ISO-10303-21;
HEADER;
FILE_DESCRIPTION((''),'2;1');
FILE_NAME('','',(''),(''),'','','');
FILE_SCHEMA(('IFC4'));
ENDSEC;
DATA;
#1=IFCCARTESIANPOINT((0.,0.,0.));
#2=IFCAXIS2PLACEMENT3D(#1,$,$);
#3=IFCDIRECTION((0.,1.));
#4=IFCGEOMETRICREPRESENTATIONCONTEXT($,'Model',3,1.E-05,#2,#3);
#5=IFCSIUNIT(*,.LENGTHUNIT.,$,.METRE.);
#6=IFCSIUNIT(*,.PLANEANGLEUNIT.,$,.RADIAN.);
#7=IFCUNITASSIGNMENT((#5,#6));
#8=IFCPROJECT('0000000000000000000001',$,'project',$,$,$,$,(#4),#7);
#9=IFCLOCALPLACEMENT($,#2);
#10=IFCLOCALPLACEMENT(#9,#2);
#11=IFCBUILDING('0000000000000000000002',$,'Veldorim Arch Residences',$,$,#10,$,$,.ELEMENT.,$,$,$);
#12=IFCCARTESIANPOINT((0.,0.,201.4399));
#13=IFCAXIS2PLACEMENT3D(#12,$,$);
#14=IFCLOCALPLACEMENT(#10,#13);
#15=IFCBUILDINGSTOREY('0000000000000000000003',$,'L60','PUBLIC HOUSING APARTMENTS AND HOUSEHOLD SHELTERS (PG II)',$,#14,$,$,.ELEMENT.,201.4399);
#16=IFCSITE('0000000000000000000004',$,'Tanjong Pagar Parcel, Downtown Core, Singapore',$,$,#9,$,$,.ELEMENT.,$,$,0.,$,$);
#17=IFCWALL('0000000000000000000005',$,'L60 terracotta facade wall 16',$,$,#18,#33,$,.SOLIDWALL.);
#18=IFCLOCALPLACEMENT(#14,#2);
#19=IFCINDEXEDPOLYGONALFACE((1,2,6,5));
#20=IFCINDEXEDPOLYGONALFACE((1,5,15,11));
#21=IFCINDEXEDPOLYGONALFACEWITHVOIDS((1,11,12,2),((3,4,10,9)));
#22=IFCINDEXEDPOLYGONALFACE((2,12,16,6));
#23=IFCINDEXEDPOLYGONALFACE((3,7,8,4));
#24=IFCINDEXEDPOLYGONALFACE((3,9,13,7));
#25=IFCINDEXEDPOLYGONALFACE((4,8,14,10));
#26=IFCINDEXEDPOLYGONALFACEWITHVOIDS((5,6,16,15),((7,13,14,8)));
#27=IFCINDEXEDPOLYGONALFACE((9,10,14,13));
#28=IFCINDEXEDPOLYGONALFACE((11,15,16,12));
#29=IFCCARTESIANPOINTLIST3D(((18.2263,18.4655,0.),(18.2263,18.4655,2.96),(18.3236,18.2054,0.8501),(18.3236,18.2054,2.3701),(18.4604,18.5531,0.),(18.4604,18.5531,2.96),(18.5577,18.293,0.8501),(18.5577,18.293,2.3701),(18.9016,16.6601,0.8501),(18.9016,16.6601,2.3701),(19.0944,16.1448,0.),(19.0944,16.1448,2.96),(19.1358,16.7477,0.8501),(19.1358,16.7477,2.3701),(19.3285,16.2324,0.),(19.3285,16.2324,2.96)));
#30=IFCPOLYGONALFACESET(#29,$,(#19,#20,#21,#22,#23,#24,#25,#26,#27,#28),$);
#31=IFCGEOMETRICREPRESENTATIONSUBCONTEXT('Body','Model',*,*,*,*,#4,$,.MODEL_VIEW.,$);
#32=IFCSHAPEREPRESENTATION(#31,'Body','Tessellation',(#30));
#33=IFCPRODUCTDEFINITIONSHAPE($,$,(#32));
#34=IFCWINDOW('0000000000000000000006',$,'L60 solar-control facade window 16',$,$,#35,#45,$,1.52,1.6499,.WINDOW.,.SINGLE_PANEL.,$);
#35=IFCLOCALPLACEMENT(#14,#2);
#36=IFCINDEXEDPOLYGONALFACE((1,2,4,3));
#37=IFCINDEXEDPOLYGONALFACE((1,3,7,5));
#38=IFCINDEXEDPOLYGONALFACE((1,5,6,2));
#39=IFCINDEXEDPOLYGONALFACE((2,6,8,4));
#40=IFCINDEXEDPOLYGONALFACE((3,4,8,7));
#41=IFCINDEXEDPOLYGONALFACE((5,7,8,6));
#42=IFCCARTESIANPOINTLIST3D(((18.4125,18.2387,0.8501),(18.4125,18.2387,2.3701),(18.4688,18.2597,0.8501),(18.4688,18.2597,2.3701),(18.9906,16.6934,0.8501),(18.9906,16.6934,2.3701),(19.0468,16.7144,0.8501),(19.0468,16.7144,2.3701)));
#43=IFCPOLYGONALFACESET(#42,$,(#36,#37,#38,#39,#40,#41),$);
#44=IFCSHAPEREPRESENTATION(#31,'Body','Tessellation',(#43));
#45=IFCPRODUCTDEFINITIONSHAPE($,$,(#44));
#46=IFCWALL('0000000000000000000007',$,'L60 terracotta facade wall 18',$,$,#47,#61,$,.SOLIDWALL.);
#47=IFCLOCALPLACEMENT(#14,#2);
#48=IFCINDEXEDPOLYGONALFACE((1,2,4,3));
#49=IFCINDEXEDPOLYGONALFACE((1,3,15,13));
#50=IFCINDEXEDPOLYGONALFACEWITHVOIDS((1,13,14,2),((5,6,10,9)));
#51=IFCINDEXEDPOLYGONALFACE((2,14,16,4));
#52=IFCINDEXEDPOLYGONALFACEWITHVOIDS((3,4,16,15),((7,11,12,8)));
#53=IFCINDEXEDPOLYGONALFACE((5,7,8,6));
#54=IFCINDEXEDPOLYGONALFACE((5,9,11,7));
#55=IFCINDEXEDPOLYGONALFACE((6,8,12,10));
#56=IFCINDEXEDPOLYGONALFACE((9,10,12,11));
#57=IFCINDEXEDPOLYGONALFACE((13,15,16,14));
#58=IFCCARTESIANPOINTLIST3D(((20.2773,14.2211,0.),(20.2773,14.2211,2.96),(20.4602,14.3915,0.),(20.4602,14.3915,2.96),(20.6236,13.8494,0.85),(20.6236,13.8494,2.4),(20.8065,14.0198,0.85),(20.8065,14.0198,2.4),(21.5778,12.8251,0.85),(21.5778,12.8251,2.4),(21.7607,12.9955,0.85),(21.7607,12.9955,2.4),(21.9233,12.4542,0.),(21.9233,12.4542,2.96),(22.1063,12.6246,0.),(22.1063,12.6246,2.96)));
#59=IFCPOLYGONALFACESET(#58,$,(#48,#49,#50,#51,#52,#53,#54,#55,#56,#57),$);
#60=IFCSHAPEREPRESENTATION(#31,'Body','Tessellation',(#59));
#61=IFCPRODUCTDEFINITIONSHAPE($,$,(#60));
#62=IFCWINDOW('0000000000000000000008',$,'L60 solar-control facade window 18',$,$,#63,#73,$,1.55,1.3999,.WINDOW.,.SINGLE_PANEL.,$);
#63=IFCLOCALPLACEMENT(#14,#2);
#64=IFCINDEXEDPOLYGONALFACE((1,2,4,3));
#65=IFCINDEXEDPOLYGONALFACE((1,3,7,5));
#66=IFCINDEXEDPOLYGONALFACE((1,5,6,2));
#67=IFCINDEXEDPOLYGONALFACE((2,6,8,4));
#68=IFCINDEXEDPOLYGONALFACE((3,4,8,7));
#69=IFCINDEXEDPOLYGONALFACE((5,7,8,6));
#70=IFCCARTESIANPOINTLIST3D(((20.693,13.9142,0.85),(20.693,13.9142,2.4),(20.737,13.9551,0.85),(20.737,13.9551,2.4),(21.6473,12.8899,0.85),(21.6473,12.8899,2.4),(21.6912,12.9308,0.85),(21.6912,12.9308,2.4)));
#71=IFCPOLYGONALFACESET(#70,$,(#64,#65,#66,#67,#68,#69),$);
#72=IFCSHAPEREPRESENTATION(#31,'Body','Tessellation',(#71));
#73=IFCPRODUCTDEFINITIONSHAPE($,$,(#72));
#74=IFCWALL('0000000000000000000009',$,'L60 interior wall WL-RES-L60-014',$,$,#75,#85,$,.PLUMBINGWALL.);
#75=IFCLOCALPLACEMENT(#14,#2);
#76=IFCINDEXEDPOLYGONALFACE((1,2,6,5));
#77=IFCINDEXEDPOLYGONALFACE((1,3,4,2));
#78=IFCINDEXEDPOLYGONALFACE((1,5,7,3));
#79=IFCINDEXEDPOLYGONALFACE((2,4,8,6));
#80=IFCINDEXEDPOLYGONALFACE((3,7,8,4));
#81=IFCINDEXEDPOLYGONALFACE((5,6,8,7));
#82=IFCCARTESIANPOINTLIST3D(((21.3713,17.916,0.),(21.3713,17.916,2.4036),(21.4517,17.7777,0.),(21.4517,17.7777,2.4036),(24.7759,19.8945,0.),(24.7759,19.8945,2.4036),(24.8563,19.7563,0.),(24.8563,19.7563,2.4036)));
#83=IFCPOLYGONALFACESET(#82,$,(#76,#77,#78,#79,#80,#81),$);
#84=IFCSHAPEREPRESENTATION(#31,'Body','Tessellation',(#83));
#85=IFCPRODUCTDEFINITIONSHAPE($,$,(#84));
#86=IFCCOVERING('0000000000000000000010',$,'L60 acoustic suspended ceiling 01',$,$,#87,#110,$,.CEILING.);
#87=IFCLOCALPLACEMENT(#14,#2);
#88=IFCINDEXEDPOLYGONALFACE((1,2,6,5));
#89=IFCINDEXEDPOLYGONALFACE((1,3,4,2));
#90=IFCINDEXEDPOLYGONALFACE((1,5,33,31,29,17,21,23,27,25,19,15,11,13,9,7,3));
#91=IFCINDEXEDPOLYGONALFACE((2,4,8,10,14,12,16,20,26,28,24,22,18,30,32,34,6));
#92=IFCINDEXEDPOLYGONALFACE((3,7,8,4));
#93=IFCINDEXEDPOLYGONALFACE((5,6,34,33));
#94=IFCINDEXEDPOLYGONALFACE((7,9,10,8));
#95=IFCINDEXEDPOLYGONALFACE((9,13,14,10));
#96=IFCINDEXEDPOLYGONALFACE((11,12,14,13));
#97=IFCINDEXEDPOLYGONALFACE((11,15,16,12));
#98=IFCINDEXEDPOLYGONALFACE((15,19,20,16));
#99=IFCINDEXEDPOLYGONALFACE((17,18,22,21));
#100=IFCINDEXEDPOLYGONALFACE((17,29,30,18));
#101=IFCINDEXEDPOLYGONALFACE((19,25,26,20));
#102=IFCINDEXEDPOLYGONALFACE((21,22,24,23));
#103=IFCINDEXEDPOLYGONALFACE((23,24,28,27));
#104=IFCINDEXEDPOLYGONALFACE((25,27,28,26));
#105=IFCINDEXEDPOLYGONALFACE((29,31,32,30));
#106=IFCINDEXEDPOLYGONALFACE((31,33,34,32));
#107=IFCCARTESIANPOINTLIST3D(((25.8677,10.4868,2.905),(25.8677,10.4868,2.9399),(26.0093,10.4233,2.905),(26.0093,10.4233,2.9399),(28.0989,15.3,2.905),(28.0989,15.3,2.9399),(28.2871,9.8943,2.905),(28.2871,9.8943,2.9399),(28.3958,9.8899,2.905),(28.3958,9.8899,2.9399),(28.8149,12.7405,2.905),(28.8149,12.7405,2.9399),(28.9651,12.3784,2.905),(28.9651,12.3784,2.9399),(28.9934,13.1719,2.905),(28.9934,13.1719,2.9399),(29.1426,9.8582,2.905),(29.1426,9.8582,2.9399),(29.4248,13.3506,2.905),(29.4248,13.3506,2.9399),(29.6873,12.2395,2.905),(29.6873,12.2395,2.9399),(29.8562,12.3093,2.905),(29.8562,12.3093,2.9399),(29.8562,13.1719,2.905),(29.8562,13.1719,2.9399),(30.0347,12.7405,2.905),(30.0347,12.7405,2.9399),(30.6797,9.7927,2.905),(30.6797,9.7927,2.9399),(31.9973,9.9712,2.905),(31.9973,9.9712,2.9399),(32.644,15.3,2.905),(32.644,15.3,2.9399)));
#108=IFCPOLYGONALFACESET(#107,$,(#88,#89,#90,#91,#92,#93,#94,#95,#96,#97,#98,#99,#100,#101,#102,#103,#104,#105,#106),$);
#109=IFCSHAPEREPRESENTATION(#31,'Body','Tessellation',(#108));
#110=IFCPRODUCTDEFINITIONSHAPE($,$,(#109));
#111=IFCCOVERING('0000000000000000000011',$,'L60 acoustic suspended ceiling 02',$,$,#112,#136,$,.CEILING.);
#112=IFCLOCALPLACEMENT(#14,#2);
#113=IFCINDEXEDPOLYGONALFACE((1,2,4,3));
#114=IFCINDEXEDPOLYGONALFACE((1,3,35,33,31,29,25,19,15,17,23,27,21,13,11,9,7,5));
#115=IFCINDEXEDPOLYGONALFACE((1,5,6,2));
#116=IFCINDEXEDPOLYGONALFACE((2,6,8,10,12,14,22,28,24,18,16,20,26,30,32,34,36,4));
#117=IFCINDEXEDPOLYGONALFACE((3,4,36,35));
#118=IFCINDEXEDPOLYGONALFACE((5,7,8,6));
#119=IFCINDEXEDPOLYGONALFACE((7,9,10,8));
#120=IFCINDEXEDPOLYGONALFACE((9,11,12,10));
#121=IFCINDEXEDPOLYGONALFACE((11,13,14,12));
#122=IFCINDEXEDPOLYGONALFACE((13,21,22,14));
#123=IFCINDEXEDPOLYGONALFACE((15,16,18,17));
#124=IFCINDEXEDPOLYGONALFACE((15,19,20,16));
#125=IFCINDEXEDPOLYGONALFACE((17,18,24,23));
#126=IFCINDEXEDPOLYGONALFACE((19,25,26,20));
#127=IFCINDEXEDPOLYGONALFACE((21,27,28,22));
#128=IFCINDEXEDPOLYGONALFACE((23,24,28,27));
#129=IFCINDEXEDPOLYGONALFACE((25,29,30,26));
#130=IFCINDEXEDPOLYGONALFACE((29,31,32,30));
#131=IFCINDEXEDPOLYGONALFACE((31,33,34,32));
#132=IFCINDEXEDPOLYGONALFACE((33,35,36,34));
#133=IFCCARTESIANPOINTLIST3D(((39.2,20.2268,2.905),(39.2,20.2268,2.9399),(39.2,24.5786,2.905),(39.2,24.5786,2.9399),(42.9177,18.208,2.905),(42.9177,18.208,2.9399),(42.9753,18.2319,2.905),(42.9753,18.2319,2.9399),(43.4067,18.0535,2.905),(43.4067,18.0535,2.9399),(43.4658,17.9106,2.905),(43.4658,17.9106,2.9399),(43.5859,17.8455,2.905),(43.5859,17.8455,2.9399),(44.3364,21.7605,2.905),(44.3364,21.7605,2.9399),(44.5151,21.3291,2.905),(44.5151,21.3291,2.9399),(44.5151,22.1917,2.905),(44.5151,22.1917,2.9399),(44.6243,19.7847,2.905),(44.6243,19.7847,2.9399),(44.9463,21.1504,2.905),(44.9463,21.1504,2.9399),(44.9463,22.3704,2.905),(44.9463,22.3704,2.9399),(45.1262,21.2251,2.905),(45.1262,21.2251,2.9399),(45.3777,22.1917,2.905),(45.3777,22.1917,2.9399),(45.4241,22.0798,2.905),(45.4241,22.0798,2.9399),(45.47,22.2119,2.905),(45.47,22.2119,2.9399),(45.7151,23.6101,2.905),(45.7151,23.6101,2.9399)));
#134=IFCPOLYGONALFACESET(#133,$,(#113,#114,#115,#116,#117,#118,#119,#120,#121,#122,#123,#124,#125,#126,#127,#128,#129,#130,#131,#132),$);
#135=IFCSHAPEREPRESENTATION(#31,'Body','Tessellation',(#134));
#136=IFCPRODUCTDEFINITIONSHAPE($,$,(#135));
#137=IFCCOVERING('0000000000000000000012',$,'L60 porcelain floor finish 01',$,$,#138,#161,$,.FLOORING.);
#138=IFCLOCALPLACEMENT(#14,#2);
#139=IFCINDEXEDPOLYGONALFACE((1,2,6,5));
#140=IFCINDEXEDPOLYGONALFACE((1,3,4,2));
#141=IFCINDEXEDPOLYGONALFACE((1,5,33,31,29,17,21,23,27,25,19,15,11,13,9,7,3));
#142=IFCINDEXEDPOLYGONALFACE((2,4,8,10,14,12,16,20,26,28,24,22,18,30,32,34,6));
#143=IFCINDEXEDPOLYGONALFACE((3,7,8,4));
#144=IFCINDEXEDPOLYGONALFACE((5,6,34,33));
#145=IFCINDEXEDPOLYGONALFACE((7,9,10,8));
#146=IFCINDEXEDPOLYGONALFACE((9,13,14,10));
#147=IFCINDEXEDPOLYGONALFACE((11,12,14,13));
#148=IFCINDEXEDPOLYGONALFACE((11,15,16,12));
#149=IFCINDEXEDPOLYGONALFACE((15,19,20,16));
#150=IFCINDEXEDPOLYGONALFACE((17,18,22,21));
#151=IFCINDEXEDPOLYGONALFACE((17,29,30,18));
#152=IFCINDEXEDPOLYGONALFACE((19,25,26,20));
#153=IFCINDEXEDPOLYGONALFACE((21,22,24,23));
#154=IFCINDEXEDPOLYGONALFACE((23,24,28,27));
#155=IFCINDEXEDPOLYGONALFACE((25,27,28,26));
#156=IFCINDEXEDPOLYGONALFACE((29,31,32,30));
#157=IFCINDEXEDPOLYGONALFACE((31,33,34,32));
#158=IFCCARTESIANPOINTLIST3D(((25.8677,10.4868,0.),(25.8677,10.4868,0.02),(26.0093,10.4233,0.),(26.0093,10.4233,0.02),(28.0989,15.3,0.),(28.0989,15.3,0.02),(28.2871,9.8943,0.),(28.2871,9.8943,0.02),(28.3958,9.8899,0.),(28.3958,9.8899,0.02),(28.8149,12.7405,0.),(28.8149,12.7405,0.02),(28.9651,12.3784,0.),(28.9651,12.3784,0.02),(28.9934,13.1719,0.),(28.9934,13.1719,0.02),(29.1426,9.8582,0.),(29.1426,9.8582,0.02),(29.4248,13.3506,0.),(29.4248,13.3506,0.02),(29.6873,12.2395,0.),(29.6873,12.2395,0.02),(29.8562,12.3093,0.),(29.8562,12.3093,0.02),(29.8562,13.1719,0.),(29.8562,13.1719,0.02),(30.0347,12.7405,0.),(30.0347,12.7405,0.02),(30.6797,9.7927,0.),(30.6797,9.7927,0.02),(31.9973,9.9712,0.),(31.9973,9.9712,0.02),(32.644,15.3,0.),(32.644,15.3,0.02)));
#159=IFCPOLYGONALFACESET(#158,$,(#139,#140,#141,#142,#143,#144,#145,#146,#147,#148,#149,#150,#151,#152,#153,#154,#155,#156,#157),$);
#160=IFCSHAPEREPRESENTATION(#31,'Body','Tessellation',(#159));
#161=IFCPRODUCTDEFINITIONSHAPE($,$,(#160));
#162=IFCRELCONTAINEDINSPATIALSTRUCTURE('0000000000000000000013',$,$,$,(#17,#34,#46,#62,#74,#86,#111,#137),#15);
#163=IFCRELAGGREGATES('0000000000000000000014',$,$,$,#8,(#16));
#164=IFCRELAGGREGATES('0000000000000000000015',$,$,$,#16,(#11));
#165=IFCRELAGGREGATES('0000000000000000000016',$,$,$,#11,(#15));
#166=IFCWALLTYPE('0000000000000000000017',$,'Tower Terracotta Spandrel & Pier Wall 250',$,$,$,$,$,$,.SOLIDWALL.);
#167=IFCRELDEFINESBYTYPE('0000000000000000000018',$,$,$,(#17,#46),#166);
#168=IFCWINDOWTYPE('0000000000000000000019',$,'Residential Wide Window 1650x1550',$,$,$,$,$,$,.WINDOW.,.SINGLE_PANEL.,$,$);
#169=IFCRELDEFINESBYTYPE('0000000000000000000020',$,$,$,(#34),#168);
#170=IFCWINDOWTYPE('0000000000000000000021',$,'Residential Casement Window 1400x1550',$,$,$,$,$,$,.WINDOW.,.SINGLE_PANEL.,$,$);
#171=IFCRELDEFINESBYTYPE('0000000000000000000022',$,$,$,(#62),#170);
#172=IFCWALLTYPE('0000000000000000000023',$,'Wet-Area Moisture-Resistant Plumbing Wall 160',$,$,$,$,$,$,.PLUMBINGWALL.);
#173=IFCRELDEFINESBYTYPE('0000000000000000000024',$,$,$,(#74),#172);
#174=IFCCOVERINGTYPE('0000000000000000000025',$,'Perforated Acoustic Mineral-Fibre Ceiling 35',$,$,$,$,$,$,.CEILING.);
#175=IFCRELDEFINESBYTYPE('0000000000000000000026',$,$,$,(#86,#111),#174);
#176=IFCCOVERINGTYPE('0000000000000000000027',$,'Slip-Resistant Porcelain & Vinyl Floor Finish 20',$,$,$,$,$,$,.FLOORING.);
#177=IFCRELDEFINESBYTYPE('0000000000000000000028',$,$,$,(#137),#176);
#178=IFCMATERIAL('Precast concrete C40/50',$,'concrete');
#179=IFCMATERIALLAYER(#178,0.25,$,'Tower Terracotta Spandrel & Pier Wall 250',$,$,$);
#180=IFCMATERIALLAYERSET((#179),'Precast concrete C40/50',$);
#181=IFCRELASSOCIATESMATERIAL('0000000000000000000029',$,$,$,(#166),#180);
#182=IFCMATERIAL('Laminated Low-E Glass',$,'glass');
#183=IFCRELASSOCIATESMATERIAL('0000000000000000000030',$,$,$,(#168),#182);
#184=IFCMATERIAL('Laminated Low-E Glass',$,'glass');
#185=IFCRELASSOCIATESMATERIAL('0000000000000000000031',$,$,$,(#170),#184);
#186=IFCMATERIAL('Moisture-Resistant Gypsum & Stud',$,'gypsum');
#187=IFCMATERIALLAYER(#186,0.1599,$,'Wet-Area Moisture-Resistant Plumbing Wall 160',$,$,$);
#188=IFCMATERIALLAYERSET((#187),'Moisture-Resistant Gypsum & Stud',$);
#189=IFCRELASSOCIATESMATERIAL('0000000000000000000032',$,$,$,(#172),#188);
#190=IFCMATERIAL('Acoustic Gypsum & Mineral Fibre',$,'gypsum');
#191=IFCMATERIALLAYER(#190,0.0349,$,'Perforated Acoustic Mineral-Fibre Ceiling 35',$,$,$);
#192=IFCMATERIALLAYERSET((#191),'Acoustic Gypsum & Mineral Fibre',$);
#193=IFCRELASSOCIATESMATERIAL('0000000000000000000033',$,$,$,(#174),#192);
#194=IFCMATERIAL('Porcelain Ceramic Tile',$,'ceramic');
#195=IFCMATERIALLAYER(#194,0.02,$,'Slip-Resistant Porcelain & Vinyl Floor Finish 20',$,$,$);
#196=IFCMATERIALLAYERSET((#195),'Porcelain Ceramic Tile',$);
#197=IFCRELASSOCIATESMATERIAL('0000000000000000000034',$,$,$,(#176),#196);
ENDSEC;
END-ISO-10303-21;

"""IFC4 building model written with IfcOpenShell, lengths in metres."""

from ifc_helpers import new_model, si_unit, direction, frame, frame_2d, origin, place, context, subcontext, project, spatial, polyline, rectangle, outline, extrude, material, layer, layer_set, type_object, element, fill, save


model = new_model("IFC4")

# Units and contexts
model_context = context("Model", 3, precision=1e-05, world=origin(), true_north=direction((0.0, 1.0)))
body_context = subcontext(model_context, "Body", "Model", "MODEL_VIEW")
ifc_project = project(units=[si_unit("LENGTHUNIT", "METRE"), si_unit("PLANEANGLEUNIT", "RADIAN")], contexts=[model_context])

# Site, building, storey
site_placement = place(None, origin())
site = spatial("IfcSite", under=ifc_project, at=site_placement, Name="Tanjong Pagar Parcel, Downtown Core, Singapore", CompositionType="ELEMENT", RefElevation=0.0)
building_placement = place(site_placement, origin())
building = spatial("IfcBuilding", under=site, at=building_placement, Name="Veldorim Arch Residences", CompositionType="ELEMENT")
storey_placement = place(building_placement, frame((0.0, 0.0, 201.4399)))
storey = spatial("IfcBuildingStorey", under=building, at=storey_placement, Name="L60", Description="PUBLIC HOUSING APARTMENTS AND HOUSEHOLD SHELTERS (PG II)", CompositionType="ELEMENT", Elevation=201.4399)

# Shared definitions
ifc_material_1 = material(Name="Precast concrete C40/50", Category="concrete")
ifc_layer_1 = layer(ifc_material_1, 0.25, Name="Tower Terracotta Spandrel & Pier Wall 250")
ifc_layer_set_1 = layer_set([ifc_layer_1], Name="Precast concrete C40/50")
wall_type_1 = type_object("IfcWallType", Name="Tower Terracotta Spandrel & Pier Wall 250", PredefinedType="SOLIDWALL", material=ifc_layer_set_1)

# Walls, openings, windows
wall_1_placement = place(storey_placement, frame((19.2114, 16.1887, 0.0), z_axis=(0.0, 0.0, 1.0), x_axis=(-0.350367, 0.936612, 0.0)))
wall_1 = element("IfcWall", 1, at=wall_1_placement, inside=storey, type_object=wall_type_1, Name="L60 terracotta facade wall 16", PredefinedType="SOLIDWALL", context=body_context, shape_type="SweptSolid", body=[
    extrude(rectangle(XDim=2.4778, YDim=0.25, at=frame_2d((1.2388, 0.0))), origin(), (0.0, 0.0, 1.0), 2.96),
])
opening_1_placement = place(wall_1_placement, frame((0.55, 0.0, 0.8501)))
opening_1 = element("IfcOpeningElement", 2, at=opening_1_placement, cuts=wall_1, PredefinedType="OPENING", context=body_context, shape_type="SweptSolid", body=[
    extrude(rectangle(XDim=1.6499, YDim=1.52, at=frame_2d((0.825, 0.76))), frame((0.0, 0.135, 0.0), z_axis=(0.0, -1.0, 0.0), x_axis=(1.0, 0.0, 0.0)), (0.0, 0.0, 1.0), 0.27),
])
ifc_material_2 = material(Name="Laminated Low-E Glass", Category="glass")
window_type_1 = type_object("IfcWindowType", Name="Residential Wide Window 1650x1550", PartitioningType="SINGLE_PANEL", PredefinedType="WINDOW", material=ifc_material_2)
window_1_placement = place(opening_1_placement, origin())
window_1 = element("IfcWindow", 3, at=window_1_placement, inside=storey, type_object=window_type_1, Name="L60 solar-control facade window 16", OverallHeight=1.52, OverallWidth=1.6499, PartitioningType="SINGLE_PANEL", PredefinedType="WINDOW", context=body_context, shape_type="SweptSolid", body=[
    extrude(rectangle(XDim=1.6499, YDim=1.52, at=frame_2d((0.825, 0.76))), frame((0.0, 0.03, 0.0), z_axis=(0.0, -1.0, 0.0), x_axis=(1.0, 0.0, 0.0)), (0.0, 0.0, 1.0), 0.0601),
])
fill(opening_1, window_1)
wall_2_placement = place(storey_placement, frame((22.0149, 12.5393, 0.0), z_axis=(0.0, 0.0, 1.0), x_axis=(-0.681641, 0.731687, 0.0)))
wall_2 = element("IfcWall", 4, at=wall_2_placement, inside=storey, type_object=wall_type_1, Name="L60 terracotta facade wall 18", PredefinedType="SOLIDWALL", context=body_context, shape_type="SweptSolid", body=[
    extrude(rectangle(XDim=2.4148, YDim=0.25, at=frame_2d((1.2075, 0.0))), origin(), (0.0, 0.0, 1.0), 2.96),
])
opening_2_placement = place(wall_2_placement, frame((0.5071, 0.0, 0.8501)))
opening_2 = element("IfcOpeningElement", 5, at=opening_2_placement, cuts=wall_2, PredefinedType="OPENING", context=body_context, shape_type="SweptSolid", body=[
    extrude(rectangle(XDim=1.3999, YDim=1.55, at=frame_2d((0.7, 0.7749))), frame((0.0, 0.135, 0.0), z_axis=(0.0, -1.0, 0.0), x_axis=(1.0, 0.0, 0.0)), (0.0, 0.0, 1.0), 0.27),
])
ifc_material_3 = material(Name="Laminated Low-E Glass", Category="glass")
window_type_2 = type_object("IfcWindowType", Name="Residential Casement Window 1400x1550", PartitioningType="SINGLE_PANEL", PredefinedType="WINDOW", material=ifc_material_3)
window_2_placement = place(opening_2_placement, origin())
window_2 = element("IfcWindow", 6, at=window_2_placement, inside=storey, type_object=window_type_2, Name="L60 solar-control facade window 18", OverallHeight=1.55, OverallWidth=1.3999, PartitioningType="SINGLE_PANEL", PredefinedType="WINDOW", context=body_context, shape_type="SweptSolid", body=[
    extrude(rectangle(XDim=1.3999, YDim=1.55, at=frame_2d((0.7, 0.7749))), frame((0.0, 0.03, 0.0), z_axis=(0.0, -1.0, 0.0), x_axis=(1.0, 0.0, 0.0)), (0.0, 0.0, 1.0), 0.0601),
])
fill(opening_2, window_2)

# Wall
ifc_material_4 = material(Name="Moisture-Resistant Gypsum & Stud", Category="gypsum")
ifc_layer_2 = layer(ifc_material_4, 0.1599, Name="Wet-Area Moisture-Resistant Plumbing Wall 160")
ifc_layer_set_2 = layer_set([ifc_layer_2], Name="Moisture-Resistant Gypsum & Stud")
wall_type_2 = type_object("IfcWallType", Name="Wet-Area Moisture-Resistant Plumbing Wall 160", PredefinedType="PLUMBINGWALL", material=ifc_layer_set_2)
wall_3_placement = place(storey_placement, frame((21.4116, 17.8469, 0.0), z_axis=(0.0, 0.0, 1.0), x_axis=(0.864603, 0.502456, 0.0)))
element("IfcWall", 7, at=wall_3_placement, inside=storey, type_object=wall_type_2, Name="L60 interior wall WL-RES-L60-014", PredefinedType="PLUMBINGWALL", context=body_context, shape_type="SweptSolid", body=[
    extrude(rectangle(XDim=3.9377, YDim=0.1599, at=frame_2d((1.9688, 0.0))), origin(), (0.0, 0.0, 1.0), 2.4036),
])

# Coverings
ifc_material_5 = material(Name="Acoustic Gypsum & Mineral Fibre", Category="gypsum")
ifc_layer_3 = layer(ifc_material_5, 0.0349, Name="Perforated Acoustic Mineral-Fibre Ceiling 35")
ifc_layer_set_3 = layer_set([ifc_layer_3], Name="Acoustic Gypsum & Mineral Fibre")
covering_type_1 = type_object("IfcCoveringType", Name="Perforated Acoustic Mineral-Fibre Ceiling 35", PredefinedType="CEILING", material=ifc_layer_set_3)
covering_1_placement = place(storey_placement, frame((0.0, 0.0, 2.905)))
element("IfcCovering", 8, at=covering_1_placement, inside=storey, type_object=covering_type_1, Name="L60 acoustic suspended ceiling 01", PredefinedType="CEILING", context=body_context, shape_type="SweptSolid", body=[
    extrude(outline(polyline([(28.3958, 9.8899), (28.2871, 9.8943), (26.0093, 10.4233), (25.8677, 10.4868), (28.0989, 15.3), (32.644, 15.3), (31.9973, 9.9712), (30.6797, 9.7927), (29.1426, 9.8582), (29.6873, 12.2395), (29.8562, 12.3093), (30.0347, 12.7405), (29.8562, 13.1719), (29.4248, 13.3506), (28.9934, 13.1719), (28.8149, 12.7405), (28.9651, 12.3784), (28.3958, 9.8899)])), origin(), (0.0, 0.0, 1.0), 0.0349),
])
covering_2_placement = place(storey_placement, frame((0.0, 0.0, 2.905)))
element("IfcCovering", 9, at=covering_2_placement, inside=storey, type_object=covering_type_1, Name="L60 acoustic suspended ceiling 02", PredefinedType="CEILING", context=body_context, shape_type="SweptSolid", body=[
    extrude(outline(polyline([(44.6243, 19.7847), (43.5859, 17.8455), (43.4658, 17.9106), (43.4067, 18.0535), (42.9753, 18.2319), (42.9177, 18.208), (39.2, 20.2268), (39.2, 24.5786), (45.7151, 23.6101), (45.47, 22.2119), (45.4241, 22.0798), (45.3777, 22.1917), (44.9463, 22.3704), (44.5151, 22.1917), (44.3364, 21.7605), (44.5151, 21.3291), (44.9463, 21.1504), (45.1262, 21.2251), (44.6243, 19.7847)])), origin(), (0.0, 0.0, 1.0), 0.0349),
])
ifc_material_6 = material(Name="Porcelain Ceramic Tile", Category="ceramic")
ifc_layer_4 = layer(ifc_material_6, 0.02, Name="Slip-Resistant Porcelain & Vinyl Floor Finish 20")
ifc_layer_set_4 = layer_set([ifc_layer_4], Name="Porcelain Ceramic Tile")
covering_type_2 = type_object("IfcCoveringType", Name="Slip-Resistant Porcelain & Vinyl Floor Finish 20", PredefinedType="FLOORING", material=ifc_layer_set_4)
covering_3_placement = place(storey_placement, origin())
element("IfcCovering", 10, at=covering_3_placement, inside=storey, type_object=covering_type_2, Name="L60 porcelain floor finish 01", PredefinedType="FLOORING", context=body_context, shape_type="SweptSolid", body=[
    extrude(outline(polyline([(28.3958, 9.8899), (28.2871, 9.8943), (26.0093, 10.4233), (25.8677, 10.4868), (28.0989, 15.3), (32.644, 15.3), (31.9973, 9.9712), (30.6797, 9.7927), (29.1426, 9.8582), (29.6873, 12.2395), (29.8562, 12.3093), (30.0347, 12.7405), (29.8562, 13.1719), (29.4248, 13.3506), (28.9934, 13.1719), (28.8149, 12.7405), (28.9651, 12.3784), (28.3958, 9.8899)])), origin(), (0.0, 0.0, 1.0), 0.02),
])

save(model, "model.ifc")
